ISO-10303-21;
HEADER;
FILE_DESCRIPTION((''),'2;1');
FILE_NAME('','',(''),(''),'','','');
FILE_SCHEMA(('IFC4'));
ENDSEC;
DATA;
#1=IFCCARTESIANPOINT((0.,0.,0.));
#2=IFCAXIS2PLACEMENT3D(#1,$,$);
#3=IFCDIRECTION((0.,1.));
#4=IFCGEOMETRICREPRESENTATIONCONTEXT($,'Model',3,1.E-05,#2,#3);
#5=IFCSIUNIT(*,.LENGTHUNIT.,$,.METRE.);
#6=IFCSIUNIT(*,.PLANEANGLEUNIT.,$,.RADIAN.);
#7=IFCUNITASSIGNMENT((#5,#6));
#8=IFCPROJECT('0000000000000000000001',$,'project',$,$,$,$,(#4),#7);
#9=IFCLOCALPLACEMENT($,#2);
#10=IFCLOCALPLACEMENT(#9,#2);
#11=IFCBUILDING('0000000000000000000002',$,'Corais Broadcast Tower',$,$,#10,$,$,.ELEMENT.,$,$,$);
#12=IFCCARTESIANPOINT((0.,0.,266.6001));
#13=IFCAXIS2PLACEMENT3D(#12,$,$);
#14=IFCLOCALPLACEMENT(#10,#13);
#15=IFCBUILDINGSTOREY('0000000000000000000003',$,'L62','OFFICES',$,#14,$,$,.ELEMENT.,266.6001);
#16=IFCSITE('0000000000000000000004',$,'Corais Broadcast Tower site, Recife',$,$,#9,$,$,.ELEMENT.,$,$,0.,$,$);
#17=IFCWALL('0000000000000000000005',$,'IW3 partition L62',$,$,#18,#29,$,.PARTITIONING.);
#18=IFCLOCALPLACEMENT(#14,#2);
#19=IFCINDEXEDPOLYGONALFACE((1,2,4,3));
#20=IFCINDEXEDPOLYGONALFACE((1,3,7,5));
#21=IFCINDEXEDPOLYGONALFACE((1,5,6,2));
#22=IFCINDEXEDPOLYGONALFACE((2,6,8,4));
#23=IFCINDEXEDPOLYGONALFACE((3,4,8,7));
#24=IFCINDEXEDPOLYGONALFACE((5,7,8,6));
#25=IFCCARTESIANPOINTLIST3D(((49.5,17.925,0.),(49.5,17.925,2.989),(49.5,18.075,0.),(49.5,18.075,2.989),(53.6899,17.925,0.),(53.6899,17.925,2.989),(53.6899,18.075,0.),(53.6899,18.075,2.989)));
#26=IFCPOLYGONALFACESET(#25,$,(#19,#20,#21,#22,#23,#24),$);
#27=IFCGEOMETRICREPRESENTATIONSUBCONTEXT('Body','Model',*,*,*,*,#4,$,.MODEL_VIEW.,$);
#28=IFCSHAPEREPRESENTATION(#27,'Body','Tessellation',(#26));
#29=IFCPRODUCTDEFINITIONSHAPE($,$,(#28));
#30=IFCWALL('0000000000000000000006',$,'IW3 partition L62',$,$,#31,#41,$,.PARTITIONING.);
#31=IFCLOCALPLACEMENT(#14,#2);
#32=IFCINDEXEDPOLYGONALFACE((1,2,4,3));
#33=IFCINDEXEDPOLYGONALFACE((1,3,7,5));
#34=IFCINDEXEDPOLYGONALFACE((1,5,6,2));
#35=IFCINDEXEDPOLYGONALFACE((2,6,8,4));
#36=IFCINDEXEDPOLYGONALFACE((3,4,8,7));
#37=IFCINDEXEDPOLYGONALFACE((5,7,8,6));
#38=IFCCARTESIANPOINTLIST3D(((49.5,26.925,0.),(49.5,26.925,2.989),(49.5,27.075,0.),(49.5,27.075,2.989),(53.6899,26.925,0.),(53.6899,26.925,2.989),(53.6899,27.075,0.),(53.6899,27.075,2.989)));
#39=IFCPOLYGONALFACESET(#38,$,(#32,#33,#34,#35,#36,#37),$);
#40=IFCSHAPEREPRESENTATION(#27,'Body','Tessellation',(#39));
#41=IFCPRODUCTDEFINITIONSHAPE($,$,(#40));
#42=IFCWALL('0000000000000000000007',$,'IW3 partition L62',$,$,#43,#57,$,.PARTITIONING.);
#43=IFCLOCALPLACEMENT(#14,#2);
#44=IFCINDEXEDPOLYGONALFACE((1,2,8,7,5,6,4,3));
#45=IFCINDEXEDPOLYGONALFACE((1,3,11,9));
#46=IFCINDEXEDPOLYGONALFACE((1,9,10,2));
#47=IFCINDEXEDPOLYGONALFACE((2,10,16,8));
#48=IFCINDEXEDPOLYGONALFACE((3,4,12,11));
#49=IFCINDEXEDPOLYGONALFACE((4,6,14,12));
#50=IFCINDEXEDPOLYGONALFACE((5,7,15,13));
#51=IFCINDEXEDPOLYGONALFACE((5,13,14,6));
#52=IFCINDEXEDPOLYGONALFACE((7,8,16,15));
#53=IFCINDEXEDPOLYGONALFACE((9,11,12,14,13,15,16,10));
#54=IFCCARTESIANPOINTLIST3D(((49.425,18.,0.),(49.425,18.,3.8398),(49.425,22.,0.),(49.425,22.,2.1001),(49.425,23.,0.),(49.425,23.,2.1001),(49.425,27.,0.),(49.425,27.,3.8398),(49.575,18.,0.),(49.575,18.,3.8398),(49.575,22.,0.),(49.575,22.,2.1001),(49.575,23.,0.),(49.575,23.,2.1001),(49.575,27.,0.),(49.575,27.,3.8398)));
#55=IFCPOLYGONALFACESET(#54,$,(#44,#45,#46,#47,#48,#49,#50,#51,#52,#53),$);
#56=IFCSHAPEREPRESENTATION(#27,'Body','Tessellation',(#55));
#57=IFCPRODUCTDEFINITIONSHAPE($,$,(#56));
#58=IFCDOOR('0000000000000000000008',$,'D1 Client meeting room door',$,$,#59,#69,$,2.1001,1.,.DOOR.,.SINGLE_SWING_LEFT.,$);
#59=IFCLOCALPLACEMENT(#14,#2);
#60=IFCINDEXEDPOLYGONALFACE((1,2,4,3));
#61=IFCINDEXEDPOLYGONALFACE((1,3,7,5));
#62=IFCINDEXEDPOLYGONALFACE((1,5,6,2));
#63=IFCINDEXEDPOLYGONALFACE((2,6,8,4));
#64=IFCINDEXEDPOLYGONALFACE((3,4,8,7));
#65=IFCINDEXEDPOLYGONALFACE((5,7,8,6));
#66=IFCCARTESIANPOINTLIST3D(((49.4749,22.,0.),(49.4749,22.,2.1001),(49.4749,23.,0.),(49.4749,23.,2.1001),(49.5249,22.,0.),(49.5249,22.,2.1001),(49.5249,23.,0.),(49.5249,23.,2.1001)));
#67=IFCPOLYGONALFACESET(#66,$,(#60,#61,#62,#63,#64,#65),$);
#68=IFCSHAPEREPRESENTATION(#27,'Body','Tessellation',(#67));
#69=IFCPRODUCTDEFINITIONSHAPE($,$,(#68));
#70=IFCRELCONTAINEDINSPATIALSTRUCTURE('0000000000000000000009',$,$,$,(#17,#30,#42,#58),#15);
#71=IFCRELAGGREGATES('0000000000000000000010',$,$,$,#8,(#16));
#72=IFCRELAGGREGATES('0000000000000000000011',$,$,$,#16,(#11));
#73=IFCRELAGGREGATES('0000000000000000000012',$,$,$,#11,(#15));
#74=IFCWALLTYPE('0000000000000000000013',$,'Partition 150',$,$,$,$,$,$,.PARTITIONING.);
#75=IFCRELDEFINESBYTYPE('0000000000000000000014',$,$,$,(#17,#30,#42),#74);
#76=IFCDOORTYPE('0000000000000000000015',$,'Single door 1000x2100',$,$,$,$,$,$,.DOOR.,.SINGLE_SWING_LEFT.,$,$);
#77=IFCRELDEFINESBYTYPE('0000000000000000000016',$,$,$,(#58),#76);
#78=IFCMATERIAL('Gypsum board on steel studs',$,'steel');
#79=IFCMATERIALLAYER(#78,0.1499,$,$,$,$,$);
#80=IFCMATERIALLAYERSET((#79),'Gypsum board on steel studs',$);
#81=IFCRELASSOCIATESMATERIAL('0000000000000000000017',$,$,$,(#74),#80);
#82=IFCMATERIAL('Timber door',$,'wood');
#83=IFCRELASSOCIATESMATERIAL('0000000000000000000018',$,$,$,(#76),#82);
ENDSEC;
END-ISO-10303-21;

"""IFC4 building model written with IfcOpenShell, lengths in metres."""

from ifc_helpers import new_model, si_unit, direction, frame, frame_2d, origin, place, context, subcontext, project, spatial, rectangle, extrude, material, layer, layer_set, type_object, element, fill, save


model = new_model("IFC4")

# Units and contexts
model_context = context("Model", 3, precision=1e-05, world=origin(), true_north=direction((0.0, 1.0)))
body_context = subcontext(model_context, "Body", "Model", "MODEL_VIEW")
ifc_project = project(units=[si_unit("LENGTHUNIT", "METRE"), si_unit("PLANEANGLEUNIT", "RADIAN")], contexts=[model_context])

# Site, building, storey
site_placement = place(None, origin())
site = spatial("IfcSite", under=ifc_project, at=site_placement, Name="Corais Broadcast Tower site, Recife", CompositionType="ELEMENT", RefElevation=0.0)
building_placement = place(site_placement, origin())
building = spatial("IfcBuilding", under=site, at=building_placement, Name="Corais Broadcast Tower", CompositionType="ELEMENT")
storey_placement = place(building_placement, frame((0.0, 0.0, 266.6001)))
storey = spatial("IfcBuildingStorey", under=building, at=storey_placement, Name="L62", Description="OFFICES", CompositionType="ELEMENT", Elevation=266.6001)

# Walls
ifc_material_1 = material(Name="Gypsum board on steel studs", Category="steel")
ifc_layer_1 = layer(ifc_material_1, 0.1499)
ifc_layer_set_1 = layer_set([ifc_layer_1], Name="Gypsum board on steel studs")
wall_type = type_object("IfcWallType", Name="Partition 150", PredefinedType="PARTITIONING", material=ifc_layer_set_1)
for number, where, z_axis, x_axis, name in (
    (1, (49.5, 18.0, 0.0), (0.0, 0.0, 1.0), (1.0, 0.0, 0.0), "IW3 partition L62"),
    (2, (53.6899, 27.0, 0.0), (0.0, 0.0, 1.0), (-1.0, 0.0, 0.0), "IW3 partition L62"),
):
    element("IfcWall", number, at=place(storey_placement, frame(where, z_axis=z_axis, x_axis=x_axis)), inside=storey, type_object=wall_type, Name=name, PredefinedType="PARTITIONING", context=body_context, shape_type="SweptSolid", body=[
        extrude(rectangle(XDim=4.1899, YDim=0.1499, at=frame_2d((2.095, 0.0))), origin(), (0.0, 0.0, 1.0), 2.989),
    ])

# Wall, opening, door
wall_placement = place(storey_placement, frame((49.5, 27.0, 0.0), z_axis=(0.0, 0.0, 1.0), x_axis=(0.0, -1.0, 0.0)))
wall = element("IfcWall", 3, at=wall_placement, inside=storey, type_object=wall_type, Name="IW3 partition L62", PredefinedType="PARTITIONING", context=body_context, shape_type="SweptSolid", body=[
    extrude(rectangle(XDim=9.0, YDim=0.1499, at=frame_2d((4.5, 0.0))), origin(), (0.0, 0.0, 1.0), 3.8398),
])
opening_placement = place(wall_placement, frame((4.0, 0.0, 0.0)))
opening = element("IfcOpeningElement", 4, at=opening_placement, cuts=wall, PredefinedType="OPENING", context=body_context, shape_type="SweptSolid", body=[
    extrude(rectangle(XDim=1.0, YDim=2.1001, at=frame_2d((0.5, 1.05))), frame((0.0, 0.085, 0.0), z_axis=(0.0, -1.0, 0.0), x_axis=(1.0, 0.0, 0.0)), (0.0, 0.0, 1.0), 0.1699),
])
ifc_material_2 = material(Name="Timber door", Category="wood")
door_type = type_object("IfcDoorType", Name="Single door 1000x2100", OperationType="SINGLE_SWING_LEFT", PredefinedType="DOOR", material=ifc_material_2)
door_placement = place(opening_placement, origin())
door = element("IfcDoor", 5, at=door_placement, inside=storey, type_object=door_type, Name="D1 Client meeting room door", OperationType="SINGLE_SWING_LEFT", OverallHeight=2.1001, OverallWidth=1.0, PredefinedType="DOOR", context=body_context, shape_type="SweptSolid", body=[
    extrude(rectangle(XDim=1.0, YDim=2.1001, at=frame_2d((0.5, 1.05))), frame((0.0, 0.0249, 0.0), z_axis=(0.0, -1.0, 0.0), x_axis=(1.0, 0.0, 0.0)), (0.0, 0.0, 1.0), 0.05),
])
fill(opening, door)

save(model, "model.ifc")
